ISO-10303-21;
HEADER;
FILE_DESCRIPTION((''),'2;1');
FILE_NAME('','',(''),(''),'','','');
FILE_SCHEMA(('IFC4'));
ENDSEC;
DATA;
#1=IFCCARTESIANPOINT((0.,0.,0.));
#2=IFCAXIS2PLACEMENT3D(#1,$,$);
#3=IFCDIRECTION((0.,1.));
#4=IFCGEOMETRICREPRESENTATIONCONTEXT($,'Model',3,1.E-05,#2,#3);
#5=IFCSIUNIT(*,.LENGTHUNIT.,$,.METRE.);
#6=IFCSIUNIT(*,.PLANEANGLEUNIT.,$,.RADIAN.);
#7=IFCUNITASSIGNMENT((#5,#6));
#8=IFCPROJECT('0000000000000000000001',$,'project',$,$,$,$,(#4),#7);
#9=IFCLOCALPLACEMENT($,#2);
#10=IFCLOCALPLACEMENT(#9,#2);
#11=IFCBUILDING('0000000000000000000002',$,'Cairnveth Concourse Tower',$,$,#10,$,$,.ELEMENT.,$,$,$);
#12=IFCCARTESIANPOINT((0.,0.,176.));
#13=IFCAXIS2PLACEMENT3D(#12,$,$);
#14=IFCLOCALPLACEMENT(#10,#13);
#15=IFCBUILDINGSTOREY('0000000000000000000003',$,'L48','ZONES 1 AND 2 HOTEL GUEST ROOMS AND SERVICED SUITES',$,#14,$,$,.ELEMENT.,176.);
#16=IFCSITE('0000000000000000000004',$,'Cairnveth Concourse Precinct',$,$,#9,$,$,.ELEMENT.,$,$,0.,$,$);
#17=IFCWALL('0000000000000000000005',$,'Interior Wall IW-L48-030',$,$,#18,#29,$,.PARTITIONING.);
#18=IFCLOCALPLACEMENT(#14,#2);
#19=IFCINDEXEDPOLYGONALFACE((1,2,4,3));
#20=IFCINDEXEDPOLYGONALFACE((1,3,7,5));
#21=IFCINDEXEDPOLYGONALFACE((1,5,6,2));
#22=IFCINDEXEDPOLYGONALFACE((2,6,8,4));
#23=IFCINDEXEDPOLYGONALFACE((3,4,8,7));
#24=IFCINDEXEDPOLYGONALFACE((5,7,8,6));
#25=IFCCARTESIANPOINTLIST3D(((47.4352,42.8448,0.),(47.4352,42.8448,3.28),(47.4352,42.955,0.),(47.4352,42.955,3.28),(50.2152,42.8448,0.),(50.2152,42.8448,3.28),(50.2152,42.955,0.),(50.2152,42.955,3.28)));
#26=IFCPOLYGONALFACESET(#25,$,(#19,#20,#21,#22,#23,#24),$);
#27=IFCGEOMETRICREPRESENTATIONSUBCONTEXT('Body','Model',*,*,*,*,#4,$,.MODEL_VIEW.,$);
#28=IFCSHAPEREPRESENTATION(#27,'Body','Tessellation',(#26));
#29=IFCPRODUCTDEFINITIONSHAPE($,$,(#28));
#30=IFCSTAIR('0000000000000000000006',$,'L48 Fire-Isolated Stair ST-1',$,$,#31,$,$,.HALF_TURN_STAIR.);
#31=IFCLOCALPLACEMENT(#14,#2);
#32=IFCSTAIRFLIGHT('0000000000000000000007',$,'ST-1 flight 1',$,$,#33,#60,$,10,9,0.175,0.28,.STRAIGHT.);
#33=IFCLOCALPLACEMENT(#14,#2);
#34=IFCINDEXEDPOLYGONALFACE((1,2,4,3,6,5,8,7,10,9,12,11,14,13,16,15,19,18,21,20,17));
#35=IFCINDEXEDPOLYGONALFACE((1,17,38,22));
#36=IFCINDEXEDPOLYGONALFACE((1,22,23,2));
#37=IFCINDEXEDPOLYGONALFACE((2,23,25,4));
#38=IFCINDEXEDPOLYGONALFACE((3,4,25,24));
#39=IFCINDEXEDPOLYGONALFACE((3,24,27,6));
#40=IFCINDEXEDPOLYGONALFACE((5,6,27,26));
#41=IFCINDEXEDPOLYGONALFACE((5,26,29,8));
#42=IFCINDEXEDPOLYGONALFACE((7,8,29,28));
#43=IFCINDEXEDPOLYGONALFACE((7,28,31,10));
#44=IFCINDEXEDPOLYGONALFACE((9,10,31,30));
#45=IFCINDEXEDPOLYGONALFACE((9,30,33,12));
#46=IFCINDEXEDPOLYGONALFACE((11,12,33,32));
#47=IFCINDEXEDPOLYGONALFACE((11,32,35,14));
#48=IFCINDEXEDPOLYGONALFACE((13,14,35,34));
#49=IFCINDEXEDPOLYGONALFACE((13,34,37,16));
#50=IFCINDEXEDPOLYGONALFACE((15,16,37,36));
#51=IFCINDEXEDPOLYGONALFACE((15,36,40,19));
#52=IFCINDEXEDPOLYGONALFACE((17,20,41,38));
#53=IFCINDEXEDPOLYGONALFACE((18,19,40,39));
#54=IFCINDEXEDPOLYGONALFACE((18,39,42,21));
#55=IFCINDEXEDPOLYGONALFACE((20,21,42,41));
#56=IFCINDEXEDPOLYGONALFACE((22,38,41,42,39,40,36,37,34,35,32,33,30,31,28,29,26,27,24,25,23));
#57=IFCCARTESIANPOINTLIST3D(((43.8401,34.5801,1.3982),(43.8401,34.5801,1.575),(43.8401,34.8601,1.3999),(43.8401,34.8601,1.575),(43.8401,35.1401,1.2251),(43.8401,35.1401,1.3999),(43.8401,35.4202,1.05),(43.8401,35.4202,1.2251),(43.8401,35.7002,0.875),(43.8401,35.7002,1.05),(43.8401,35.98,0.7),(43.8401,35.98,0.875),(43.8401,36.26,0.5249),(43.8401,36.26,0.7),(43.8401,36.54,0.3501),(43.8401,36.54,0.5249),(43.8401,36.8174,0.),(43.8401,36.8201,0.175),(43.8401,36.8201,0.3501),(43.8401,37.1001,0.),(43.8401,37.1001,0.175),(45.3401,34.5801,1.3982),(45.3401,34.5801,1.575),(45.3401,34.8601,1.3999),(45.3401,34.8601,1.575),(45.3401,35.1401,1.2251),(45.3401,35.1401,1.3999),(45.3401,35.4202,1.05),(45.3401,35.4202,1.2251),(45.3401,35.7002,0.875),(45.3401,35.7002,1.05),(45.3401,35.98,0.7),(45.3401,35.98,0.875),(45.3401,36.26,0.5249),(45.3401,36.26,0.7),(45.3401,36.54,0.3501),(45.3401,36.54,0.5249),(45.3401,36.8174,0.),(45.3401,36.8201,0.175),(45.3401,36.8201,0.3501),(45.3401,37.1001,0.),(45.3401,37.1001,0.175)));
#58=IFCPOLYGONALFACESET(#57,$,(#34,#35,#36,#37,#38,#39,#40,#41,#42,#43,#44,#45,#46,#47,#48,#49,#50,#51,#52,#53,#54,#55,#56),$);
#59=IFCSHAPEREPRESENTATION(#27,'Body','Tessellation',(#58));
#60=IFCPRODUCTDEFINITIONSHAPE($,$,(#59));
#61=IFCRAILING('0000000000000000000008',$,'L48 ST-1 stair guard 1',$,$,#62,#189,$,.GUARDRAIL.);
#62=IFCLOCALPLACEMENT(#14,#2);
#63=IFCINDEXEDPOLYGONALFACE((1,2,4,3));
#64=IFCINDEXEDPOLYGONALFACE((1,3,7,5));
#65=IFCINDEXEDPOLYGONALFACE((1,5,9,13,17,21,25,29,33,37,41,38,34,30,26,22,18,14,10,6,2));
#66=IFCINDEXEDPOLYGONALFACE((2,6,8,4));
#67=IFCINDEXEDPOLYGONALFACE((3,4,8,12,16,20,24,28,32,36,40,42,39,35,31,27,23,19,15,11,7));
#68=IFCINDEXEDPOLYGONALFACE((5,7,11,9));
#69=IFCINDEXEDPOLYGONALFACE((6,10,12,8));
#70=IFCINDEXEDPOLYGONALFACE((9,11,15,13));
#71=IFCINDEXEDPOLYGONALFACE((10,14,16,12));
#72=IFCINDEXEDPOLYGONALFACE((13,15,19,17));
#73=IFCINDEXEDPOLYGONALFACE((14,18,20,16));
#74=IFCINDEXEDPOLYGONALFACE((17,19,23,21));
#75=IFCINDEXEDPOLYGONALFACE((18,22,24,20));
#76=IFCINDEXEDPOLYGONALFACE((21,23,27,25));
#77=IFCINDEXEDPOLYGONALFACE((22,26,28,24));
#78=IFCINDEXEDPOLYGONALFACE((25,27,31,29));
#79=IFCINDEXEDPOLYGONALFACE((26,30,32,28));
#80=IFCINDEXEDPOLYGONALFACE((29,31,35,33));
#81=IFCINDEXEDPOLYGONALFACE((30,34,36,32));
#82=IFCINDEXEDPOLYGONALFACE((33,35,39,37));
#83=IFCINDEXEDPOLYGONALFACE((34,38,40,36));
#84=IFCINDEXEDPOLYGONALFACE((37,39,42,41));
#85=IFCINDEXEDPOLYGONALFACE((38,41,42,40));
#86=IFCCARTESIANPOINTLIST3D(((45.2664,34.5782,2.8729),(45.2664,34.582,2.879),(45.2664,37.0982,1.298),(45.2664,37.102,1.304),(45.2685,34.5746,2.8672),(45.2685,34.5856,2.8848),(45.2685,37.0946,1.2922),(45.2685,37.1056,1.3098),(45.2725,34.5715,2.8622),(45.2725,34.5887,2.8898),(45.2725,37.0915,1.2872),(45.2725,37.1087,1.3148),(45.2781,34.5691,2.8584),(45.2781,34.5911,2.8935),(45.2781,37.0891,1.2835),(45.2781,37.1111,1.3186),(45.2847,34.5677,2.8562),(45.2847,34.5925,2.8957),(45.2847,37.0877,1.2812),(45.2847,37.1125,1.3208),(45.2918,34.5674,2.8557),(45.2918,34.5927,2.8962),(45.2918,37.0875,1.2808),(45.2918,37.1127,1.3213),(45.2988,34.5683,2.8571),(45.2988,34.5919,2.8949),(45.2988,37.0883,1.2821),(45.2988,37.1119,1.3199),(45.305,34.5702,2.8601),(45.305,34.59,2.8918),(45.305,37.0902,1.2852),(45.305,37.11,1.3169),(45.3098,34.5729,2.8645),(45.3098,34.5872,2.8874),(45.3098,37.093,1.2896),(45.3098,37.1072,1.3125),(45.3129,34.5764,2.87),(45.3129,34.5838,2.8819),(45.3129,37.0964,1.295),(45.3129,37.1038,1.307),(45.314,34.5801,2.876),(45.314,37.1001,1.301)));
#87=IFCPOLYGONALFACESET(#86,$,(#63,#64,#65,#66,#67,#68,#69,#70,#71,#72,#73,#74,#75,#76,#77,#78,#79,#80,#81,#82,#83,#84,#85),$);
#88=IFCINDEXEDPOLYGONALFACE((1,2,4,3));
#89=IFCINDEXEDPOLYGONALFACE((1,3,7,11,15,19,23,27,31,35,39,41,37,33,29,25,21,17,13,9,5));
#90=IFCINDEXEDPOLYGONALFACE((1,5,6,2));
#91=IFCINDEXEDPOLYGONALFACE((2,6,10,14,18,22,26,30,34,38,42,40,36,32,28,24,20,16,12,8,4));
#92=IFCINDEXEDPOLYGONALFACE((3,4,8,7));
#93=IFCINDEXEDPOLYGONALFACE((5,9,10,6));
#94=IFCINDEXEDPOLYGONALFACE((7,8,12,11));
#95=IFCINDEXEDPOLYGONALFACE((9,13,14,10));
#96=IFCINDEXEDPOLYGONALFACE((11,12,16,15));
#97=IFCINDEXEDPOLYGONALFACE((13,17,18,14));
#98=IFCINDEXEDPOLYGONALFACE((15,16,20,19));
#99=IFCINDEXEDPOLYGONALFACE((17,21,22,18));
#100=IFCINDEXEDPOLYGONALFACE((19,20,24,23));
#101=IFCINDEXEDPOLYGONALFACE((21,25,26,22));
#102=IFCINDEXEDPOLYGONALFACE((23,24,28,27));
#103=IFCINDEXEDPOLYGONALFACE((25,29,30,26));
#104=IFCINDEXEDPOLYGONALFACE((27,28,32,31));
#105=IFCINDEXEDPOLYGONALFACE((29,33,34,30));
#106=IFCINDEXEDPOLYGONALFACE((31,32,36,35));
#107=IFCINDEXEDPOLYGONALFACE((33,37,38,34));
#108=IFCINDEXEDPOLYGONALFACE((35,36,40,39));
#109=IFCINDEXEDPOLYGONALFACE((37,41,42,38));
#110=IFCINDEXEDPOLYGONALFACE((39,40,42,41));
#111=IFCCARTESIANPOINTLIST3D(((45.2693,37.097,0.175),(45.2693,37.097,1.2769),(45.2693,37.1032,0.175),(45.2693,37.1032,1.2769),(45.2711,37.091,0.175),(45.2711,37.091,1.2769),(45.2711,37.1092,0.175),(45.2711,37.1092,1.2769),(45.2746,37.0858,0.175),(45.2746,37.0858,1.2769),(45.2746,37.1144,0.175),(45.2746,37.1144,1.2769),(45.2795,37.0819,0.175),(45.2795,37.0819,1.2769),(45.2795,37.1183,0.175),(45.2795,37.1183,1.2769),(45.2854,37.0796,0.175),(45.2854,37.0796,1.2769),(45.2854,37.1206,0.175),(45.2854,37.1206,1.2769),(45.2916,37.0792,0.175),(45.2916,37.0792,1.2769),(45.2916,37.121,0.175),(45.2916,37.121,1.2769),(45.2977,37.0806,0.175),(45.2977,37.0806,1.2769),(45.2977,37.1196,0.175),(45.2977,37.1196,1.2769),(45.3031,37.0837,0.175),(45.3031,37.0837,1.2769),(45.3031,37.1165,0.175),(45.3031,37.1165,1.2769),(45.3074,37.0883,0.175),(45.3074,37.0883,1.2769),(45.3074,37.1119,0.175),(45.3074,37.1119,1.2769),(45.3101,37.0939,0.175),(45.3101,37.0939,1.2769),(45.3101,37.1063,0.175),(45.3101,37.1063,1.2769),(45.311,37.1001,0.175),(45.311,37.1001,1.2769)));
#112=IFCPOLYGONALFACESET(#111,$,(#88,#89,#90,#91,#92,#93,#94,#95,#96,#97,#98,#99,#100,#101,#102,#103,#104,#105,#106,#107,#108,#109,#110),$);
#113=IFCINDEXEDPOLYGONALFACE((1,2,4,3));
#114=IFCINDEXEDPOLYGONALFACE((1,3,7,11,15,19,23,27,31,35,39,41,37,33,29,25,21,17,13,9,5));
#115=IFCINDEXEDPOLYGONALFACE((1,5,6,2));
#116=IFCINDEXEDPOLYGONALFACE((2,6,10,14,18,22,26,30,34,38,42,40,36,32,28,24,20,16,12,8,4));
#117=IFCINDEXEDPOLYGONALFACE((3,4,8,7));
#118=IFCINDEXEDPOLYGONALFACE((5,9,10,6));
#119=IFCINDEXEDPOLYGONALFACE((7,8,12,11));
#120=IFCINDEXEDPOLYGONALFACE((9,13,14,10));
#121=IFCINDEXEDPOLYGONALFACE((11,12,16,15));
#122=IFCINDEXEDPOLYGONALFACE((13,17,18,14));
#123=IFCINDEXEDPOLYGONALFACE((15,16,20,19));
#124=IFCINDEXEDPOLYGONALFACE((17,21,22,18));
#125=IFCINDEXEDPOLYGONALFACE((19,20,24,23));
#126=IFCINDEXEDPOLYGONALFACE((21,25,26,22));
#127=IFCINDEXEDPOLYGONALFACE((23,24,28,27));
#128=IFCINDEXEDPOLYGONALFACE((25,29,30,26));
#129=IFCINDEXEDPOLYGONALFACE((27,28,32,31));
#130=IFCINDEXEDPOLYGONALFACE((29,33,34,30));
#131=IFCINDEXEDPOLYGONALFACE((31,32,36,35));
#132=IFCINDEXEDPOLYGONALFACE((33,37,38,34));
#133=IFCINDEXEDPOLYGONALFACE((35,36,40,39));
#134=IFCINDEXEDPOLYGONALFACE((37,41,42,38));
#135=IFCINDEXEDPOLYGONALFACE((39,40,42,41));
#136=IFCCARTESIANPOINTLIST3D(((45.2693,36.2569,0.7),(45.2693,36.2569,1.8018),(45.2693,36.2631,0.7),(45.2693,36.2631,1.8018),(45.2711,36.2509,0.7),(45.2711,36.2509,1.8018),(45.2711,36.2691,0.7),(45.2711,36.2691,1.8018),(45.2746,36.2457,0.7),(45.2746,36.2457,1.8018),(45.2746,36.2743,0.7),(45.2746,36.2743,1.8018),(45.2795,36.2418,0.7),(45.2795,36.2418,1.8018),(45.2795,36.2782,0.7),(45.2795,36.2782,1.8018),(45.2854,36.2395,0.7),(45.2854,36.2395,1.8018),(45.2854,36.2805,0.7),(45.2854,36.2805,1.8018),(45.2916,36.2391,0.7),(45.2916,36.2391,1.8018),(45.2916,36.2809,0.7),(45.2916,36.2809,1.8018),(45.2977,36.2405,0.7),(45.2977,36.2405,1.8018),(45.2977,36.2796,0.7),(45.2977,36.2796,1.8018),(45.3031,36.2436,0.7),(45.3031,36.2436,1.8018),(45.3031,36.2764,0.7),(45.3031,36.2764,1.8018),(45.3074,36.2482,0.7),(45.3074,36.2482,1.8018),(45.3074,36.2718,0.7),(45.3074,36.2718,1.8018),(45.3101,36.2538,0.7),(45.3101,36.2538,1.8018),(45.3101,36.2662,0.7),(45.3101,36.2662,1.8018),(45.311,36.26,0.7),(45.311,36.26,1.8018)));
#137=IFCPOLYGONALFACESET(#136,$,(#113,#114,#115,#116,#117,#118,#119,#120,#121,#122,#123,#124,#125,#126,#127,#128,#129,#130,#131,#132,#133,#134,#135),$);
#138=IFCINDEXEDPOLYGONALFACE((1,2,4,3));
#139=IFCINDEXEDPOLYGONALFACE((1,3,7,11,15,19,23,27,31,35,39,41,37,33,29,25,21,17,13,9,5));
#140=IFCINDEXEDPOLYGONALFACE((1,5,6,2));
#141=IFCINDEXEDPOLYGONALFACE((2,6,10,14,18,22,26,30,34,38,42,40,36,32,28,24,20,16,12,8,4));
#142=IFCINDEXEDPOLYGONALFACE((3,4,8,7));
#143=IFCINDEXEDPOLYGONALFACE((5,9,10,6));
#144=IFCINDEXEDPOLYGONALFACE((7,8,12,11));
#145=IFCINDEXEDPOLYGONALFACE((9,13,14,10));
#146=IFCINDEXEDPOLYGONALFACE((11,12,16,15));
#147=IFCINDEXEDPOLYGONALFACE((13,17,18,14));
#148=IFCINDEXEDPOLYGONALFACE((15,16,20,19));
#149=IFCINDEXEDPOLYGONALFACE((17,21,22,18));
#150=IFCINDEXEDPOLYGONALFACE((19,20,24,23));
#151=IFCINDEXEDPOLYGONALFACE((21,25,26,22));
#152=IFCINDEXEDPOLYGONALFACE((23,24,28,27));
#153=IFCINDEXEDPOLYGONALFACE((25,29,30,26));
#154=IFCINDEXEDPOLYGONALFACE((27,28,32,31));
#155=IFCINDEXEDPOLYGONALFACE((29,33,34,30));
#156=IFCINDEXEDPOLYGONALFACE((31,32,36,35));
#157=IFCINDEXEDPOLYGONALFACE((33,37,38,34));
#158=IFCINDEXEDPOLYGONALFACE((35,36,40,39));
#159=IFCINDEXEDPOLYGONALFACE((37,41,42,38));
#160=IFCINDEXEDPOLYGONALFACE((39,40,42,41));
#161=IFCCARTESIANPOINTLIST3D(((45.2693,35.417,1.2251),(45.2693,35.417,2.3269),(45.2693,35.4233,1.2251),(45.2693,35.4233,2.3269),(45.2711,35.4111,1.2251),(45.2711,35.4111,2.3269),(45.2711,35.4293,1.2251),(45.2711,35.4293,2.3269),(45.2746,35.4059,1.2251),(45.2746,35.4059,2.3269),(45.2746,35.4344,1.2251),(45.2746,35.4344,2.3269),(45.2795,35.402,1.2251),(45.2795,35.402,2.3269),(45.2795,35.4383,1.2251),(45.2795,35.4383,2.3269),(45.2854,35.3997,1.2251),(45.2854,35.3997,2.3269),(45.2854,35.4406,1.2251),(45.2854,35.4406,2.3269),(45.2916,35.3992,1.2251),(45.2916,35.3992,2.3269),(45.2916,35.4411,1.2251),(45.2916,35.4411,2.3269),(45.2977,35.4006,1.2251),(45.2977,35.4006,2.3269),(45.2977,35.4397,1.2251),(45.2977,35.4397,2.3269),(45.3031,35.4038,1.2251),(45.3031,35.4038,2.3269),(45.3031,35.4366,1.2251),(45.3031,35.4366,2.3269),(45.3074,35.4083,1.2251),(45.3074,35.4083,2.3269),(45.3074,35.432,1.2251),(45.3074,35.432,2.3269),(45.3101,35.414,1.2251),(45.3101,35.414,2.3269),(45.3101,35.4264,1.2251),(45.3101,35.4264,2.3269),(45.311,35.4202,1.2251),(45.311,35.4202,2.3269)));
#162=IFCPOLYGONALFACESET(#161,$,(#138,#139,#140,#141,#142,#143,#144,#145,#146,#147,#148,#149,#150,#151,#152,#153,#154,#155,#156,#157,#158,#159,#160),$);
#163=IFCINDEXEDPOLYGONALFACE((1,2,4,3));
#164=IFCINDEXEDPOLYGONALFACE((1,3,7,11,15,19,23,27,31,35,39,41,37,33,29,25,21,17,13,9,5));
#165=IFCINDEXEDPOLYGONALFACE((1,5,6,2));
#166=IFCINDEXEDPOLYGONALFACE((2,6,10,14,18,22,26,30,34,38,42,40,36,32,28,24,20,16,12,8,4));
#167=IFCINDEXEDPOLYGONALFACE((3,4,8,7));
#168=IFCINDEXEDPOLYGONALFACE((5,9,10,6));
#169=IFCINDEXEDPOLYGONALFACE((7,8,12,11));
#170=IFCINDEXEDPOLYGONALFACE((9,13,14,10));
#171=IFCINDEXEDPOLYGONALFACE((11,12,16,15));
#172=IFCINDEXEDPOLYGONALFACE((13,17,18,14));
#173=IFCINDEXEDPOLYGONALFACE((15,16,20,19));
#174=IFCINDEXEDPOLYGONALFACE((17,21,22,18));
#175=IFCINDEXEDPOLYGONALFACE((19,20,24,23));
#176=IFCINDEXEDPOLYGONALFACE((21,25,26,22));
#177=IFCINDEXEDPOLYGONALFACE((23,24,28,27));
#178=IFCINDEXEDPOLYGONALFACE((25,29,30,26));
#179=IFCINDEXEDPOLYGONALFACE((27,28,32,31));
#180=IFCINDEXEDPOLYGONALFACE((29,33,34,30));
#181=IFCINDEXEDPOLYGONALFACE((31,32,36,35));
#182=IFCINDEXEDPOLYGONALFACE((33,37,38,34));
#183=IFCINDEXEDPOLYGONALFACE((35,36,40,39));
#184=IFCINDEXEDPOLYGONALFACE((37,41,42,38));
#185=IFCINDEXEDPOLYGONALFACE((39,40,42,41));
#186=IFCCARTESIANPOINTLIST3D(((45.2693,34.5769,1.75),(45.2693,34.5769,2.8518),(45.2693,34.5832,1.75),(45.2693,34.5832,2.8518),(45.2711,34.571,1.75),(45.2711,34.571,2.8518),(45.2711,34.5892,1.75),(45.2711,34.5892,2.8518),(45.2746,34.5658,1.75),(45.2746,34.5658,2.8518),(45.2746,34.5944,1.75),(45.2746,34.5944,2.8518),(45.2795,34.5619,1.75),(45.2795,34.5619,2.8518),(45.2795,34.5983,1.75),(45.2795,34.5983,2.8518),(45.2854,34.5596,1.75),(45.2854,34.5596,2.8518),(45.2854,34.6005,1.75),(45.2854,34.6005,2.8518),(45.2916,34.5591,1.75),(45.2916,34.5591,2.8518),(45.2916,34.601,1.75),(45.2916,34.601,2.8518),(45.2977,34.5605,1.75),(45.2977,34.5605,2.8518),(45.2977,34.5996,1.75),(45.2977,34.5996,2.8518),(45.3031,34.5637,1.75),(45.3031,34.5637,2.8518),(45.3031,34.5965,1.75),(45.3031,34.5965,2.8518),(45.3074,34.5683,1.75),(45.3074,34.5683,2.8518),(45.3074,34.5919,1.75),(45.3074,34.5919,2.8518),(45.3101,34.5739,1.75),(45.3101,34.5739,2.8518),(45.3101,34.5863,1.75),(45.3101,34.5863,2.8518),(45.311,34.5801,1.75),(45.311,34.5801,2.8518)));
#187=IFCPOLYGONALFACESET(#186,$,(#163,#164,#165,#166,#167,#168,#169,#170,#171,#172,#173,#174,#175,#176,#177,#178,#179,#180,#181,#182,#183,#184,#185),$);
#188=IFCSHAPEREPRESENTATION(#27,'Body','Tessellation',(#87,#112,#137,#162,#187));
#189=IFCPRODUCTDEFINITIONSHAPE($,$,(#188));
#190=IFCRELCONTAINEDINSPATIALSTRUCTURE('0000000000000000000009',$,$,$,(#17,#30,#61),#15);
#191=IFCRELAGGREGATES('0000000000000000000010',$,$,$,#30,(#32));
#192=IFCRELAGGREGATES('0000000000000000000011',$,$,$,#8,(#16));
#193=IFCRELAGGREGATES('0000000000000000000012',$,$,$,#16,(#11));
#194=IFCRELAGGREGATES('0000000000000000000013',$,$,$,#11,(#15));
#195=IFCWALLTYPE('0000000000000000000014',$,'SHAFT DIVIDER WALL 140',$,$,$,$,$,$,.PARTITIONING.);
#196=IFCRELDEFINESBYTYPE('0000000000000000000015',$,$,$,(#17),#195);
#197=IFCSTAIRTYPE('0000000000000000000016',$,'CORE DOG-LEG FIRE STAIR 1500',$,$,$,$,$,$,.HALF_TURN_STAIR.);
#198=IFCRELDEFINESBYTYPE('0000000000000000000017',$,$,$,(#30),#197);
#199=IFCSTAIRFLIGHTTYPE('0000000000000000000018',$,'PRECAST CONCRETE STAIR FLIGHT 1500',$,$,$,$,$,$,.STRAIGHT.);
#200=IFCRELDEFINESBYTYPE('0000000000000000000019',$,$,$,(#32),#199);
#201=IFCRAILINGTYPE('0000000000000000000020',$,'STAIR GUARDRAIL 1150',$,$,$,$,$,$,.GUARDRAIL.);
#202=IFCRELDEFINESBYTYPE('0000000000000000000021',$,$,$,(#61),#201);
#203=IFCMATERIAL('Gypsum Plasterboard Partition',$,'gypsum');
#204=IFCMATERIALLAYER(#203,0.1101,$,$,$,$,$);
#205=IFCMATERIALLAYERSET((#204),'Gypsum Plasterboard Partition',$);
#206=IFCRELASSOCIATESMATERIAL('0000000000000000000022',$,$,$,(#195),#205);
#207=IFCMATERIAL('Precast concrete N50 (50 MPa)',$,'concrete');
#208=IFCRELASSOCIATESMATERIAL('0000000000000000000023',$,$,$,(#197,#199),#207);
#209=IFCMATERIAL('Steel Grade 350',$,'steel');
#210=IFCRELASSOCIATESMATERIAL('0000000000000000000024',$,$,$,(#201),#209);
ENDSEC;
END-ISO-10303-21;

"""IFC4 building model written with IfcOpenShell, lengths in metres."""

from ifc_helpers import new_model, si_unit, direction, frame, frame_2d, origin, origin_2d, place, context, subcontext, project, spatial, polyline, rectangle, circle, outline, extrude, material, layer, layer_set, type_object, element, aggregate, save


model = new_model("IFC4")

# Units and contexts
model_context = context("Model", 3, precision=1e-05, world=origin(), true_north=direction((0.0, 1.0)))
body_context = subcontext(model_context, "Body", "Model", "MODEL_VIEW")
ifc_project = project(units=[si_unit("LENGTHUNIT", "METRE"), si_unit("PLANEANGLEUNIT", "RADIAN")], contexts=[model_context])

# Site, building, storey
site_placement = place(None, origin())
site = spatial("IfcSite", under=ifc_project, at=site_placement, Name="Cairnveth Concourse Precinct", CompositionType="ELEMENT", RefElevation=0.0)
building_placement = place(site_placement, origin())
building = spatial("IfcBuilding", under=site, at=building_placement, Name="Cairnveth Concourse Tower", CompositionType="ELEMENT")
storey_placement = place(building_placement, frame((0.0, 0.0, 176.0)))
storey = spatial("IfcBuildingStorey", under=building, at=storey_placement, Name="L48", Description="ZONES 1 AND 2 HOTEL GUEST ROOMS AND SERVICED SUITES", CompositionType="ELEMENT", Elevation=176.0)

# Shared definitions
ifc_material_1 = material(Name="Steel Grade 350", Category="steel")

# Wall
ifc_material_2 = material(Name="Gypsum Plasterboard Partition", Category="gypsum")
ifc_layer_1 = layer(ifc_material_2, 0.1101)
ifc_layer_set_1 = layer_set([ifc_layer_1], Name="Gypsum Plasterboard Partition")
wall_type_1 = type_object("IfcWallType", Name="SHAFT DIVIDER WALL 140", PredefinedType="PARTITIONING", material=ifc_layer_set_1)
wall_1_placement = place(storey_placement, frame((47.4351, 42.8999, 0.0), z_axis=(0.0, 0.0, 1.0), x_axis=(1.0, 0.0, 0.0)))
element("IfcWall", 1, at=wall_1_placement, inside=storey, type_object=wall_type_1, Name="Interior Wall IW-L48-030", PredefinedType="PARTITIONING", context=body_context, shape_type="SweptSolid", body=[
    extrude(rectangle(XDim=2.78, YDim=0.1101, at=frame_2d((1.3901, 0.0))), origin(), (0.0, 0.0, 1.0), 3.28),
])

# Stair, stair flight
ifc_material_3 = material(Name="Precast concrete N50 (50 MPa)", Category="concrete")
stair_type = type_object("IfcStairType", Name="CORE DOG-LEG FIRE STAIR 1500", PredefinedType="HALF_TURN_STAIR", material=ifc_material_3)
stair_placement = place(storey_placement, origin())
stair = element("IfcStair", 2, at=stair_placement, inside=storey, type_object=stair_type, Name="L48 Fire-Isolated Stair ST-1", PredefinedType="HALF_TURN_STAIR")
stair_flight_type = type_object("IfcStairFlightType", Name="PRECAST CONCRETE STAIR FLIGHT 1500", PredefinedType="STRAIGHT", material=ifc_material_3)
stair_flight_placement = place(storey_placement, frame((44.5901, 37.1001, 0.0), z_axis=(0.0, 0.0, 1.0), x_axis=(0.0, -1.0, 0.0)))
stair_flight = element("IfcStairFlight", 3, at=stair_flight_placement, type_object=stair_flight_type, Name="ST-1 flight 1", NumberOfRisers=10, NumberOfTreads=9, PredefinedType="STRAIGHT", RiserHeight=0.175, TreadLength=0.28, context=body_context, shape_type="SweptSolid", body=[
    extrude(outline(polyline([(0.0, 0.0), (0.0, 0.175), (0.28, 0.175), (0.28, 0.3501), (0.5601, 0.3501), (0.5601, 0.5249), (0.8401, 0.5249), (0.8401, 0.7), (1.1201, 0.7), (1.1201, 0.875), (1.3999, 0.875), (1.3999, 1.05), (1.6799, 1.05), (1.6799, 1.2251), (1.96, 1.2251), (1.96, 1.3999), (2.24, 1.3999), (2.24, 1.575), (2.52, 1.575), (2.52, 1.75), (2.52, 1.3982), (0.2827, 0.0), (0.0, 0.0)])), frame((0.0, 0.75, 0.0), z_axis=(0.0, -1.0, 0.0), x_axis=(1.0, 0.0, 0.0)), (0.0, 0.0, 1.0), 1.5),
])
aggregate(stair, [stair_flight])

# Railing
railing_type_1 = type_object("IfcRailingType", Name="STAIR GUARDRAIL 1150", PredefinedType="GUARDRAIL", material=ifc_material_1)
railing_1_placement = place(storey_placement, frame((45.29, 37.1001, 0.175)))
element("IfcRailing", 4, at=railing_1_placement, inside=storey, type_object=railing_type_1, Name="L48 ST-1 stair guard 1", PredefinedType="GUARDRAIL", context=body_context, shape_type="SweptSolid", body=[
    extrude(circle(Radius=0.0239, at=origin_2d()), frame((0.0, 0.0, 1.126), z_axis=(0.0, -0.848008, 0.529984), x_axis=(1.0, 0.0, 0.0)), (0.0, 0.0, 1.0), 2.9717),
    extrude(circle(Radius=0.021, at=origin_2d()), origin(), (0.0, 0.0, 1.0), 1.1018),
    extrude(circle(Radius=0.021, at=origin_2d()), frame((0.0, -0.8401, 0.5249)), (0.0, 0.0, 1.0), 1.1018),
    extrude(circle(Radius=0.021, at=origin_2d()), frame((0.0, -1.6799, 1.05)), (0.0, 0.0, 1.0), 1.1018),
    extrude(circle(Radius=0.021, at=origin_2d()), frame((0.0, -2.52, 1.575)), (0.0, 0.0, 1.0), 1.1018),
])

save(model, "model.ifc")
